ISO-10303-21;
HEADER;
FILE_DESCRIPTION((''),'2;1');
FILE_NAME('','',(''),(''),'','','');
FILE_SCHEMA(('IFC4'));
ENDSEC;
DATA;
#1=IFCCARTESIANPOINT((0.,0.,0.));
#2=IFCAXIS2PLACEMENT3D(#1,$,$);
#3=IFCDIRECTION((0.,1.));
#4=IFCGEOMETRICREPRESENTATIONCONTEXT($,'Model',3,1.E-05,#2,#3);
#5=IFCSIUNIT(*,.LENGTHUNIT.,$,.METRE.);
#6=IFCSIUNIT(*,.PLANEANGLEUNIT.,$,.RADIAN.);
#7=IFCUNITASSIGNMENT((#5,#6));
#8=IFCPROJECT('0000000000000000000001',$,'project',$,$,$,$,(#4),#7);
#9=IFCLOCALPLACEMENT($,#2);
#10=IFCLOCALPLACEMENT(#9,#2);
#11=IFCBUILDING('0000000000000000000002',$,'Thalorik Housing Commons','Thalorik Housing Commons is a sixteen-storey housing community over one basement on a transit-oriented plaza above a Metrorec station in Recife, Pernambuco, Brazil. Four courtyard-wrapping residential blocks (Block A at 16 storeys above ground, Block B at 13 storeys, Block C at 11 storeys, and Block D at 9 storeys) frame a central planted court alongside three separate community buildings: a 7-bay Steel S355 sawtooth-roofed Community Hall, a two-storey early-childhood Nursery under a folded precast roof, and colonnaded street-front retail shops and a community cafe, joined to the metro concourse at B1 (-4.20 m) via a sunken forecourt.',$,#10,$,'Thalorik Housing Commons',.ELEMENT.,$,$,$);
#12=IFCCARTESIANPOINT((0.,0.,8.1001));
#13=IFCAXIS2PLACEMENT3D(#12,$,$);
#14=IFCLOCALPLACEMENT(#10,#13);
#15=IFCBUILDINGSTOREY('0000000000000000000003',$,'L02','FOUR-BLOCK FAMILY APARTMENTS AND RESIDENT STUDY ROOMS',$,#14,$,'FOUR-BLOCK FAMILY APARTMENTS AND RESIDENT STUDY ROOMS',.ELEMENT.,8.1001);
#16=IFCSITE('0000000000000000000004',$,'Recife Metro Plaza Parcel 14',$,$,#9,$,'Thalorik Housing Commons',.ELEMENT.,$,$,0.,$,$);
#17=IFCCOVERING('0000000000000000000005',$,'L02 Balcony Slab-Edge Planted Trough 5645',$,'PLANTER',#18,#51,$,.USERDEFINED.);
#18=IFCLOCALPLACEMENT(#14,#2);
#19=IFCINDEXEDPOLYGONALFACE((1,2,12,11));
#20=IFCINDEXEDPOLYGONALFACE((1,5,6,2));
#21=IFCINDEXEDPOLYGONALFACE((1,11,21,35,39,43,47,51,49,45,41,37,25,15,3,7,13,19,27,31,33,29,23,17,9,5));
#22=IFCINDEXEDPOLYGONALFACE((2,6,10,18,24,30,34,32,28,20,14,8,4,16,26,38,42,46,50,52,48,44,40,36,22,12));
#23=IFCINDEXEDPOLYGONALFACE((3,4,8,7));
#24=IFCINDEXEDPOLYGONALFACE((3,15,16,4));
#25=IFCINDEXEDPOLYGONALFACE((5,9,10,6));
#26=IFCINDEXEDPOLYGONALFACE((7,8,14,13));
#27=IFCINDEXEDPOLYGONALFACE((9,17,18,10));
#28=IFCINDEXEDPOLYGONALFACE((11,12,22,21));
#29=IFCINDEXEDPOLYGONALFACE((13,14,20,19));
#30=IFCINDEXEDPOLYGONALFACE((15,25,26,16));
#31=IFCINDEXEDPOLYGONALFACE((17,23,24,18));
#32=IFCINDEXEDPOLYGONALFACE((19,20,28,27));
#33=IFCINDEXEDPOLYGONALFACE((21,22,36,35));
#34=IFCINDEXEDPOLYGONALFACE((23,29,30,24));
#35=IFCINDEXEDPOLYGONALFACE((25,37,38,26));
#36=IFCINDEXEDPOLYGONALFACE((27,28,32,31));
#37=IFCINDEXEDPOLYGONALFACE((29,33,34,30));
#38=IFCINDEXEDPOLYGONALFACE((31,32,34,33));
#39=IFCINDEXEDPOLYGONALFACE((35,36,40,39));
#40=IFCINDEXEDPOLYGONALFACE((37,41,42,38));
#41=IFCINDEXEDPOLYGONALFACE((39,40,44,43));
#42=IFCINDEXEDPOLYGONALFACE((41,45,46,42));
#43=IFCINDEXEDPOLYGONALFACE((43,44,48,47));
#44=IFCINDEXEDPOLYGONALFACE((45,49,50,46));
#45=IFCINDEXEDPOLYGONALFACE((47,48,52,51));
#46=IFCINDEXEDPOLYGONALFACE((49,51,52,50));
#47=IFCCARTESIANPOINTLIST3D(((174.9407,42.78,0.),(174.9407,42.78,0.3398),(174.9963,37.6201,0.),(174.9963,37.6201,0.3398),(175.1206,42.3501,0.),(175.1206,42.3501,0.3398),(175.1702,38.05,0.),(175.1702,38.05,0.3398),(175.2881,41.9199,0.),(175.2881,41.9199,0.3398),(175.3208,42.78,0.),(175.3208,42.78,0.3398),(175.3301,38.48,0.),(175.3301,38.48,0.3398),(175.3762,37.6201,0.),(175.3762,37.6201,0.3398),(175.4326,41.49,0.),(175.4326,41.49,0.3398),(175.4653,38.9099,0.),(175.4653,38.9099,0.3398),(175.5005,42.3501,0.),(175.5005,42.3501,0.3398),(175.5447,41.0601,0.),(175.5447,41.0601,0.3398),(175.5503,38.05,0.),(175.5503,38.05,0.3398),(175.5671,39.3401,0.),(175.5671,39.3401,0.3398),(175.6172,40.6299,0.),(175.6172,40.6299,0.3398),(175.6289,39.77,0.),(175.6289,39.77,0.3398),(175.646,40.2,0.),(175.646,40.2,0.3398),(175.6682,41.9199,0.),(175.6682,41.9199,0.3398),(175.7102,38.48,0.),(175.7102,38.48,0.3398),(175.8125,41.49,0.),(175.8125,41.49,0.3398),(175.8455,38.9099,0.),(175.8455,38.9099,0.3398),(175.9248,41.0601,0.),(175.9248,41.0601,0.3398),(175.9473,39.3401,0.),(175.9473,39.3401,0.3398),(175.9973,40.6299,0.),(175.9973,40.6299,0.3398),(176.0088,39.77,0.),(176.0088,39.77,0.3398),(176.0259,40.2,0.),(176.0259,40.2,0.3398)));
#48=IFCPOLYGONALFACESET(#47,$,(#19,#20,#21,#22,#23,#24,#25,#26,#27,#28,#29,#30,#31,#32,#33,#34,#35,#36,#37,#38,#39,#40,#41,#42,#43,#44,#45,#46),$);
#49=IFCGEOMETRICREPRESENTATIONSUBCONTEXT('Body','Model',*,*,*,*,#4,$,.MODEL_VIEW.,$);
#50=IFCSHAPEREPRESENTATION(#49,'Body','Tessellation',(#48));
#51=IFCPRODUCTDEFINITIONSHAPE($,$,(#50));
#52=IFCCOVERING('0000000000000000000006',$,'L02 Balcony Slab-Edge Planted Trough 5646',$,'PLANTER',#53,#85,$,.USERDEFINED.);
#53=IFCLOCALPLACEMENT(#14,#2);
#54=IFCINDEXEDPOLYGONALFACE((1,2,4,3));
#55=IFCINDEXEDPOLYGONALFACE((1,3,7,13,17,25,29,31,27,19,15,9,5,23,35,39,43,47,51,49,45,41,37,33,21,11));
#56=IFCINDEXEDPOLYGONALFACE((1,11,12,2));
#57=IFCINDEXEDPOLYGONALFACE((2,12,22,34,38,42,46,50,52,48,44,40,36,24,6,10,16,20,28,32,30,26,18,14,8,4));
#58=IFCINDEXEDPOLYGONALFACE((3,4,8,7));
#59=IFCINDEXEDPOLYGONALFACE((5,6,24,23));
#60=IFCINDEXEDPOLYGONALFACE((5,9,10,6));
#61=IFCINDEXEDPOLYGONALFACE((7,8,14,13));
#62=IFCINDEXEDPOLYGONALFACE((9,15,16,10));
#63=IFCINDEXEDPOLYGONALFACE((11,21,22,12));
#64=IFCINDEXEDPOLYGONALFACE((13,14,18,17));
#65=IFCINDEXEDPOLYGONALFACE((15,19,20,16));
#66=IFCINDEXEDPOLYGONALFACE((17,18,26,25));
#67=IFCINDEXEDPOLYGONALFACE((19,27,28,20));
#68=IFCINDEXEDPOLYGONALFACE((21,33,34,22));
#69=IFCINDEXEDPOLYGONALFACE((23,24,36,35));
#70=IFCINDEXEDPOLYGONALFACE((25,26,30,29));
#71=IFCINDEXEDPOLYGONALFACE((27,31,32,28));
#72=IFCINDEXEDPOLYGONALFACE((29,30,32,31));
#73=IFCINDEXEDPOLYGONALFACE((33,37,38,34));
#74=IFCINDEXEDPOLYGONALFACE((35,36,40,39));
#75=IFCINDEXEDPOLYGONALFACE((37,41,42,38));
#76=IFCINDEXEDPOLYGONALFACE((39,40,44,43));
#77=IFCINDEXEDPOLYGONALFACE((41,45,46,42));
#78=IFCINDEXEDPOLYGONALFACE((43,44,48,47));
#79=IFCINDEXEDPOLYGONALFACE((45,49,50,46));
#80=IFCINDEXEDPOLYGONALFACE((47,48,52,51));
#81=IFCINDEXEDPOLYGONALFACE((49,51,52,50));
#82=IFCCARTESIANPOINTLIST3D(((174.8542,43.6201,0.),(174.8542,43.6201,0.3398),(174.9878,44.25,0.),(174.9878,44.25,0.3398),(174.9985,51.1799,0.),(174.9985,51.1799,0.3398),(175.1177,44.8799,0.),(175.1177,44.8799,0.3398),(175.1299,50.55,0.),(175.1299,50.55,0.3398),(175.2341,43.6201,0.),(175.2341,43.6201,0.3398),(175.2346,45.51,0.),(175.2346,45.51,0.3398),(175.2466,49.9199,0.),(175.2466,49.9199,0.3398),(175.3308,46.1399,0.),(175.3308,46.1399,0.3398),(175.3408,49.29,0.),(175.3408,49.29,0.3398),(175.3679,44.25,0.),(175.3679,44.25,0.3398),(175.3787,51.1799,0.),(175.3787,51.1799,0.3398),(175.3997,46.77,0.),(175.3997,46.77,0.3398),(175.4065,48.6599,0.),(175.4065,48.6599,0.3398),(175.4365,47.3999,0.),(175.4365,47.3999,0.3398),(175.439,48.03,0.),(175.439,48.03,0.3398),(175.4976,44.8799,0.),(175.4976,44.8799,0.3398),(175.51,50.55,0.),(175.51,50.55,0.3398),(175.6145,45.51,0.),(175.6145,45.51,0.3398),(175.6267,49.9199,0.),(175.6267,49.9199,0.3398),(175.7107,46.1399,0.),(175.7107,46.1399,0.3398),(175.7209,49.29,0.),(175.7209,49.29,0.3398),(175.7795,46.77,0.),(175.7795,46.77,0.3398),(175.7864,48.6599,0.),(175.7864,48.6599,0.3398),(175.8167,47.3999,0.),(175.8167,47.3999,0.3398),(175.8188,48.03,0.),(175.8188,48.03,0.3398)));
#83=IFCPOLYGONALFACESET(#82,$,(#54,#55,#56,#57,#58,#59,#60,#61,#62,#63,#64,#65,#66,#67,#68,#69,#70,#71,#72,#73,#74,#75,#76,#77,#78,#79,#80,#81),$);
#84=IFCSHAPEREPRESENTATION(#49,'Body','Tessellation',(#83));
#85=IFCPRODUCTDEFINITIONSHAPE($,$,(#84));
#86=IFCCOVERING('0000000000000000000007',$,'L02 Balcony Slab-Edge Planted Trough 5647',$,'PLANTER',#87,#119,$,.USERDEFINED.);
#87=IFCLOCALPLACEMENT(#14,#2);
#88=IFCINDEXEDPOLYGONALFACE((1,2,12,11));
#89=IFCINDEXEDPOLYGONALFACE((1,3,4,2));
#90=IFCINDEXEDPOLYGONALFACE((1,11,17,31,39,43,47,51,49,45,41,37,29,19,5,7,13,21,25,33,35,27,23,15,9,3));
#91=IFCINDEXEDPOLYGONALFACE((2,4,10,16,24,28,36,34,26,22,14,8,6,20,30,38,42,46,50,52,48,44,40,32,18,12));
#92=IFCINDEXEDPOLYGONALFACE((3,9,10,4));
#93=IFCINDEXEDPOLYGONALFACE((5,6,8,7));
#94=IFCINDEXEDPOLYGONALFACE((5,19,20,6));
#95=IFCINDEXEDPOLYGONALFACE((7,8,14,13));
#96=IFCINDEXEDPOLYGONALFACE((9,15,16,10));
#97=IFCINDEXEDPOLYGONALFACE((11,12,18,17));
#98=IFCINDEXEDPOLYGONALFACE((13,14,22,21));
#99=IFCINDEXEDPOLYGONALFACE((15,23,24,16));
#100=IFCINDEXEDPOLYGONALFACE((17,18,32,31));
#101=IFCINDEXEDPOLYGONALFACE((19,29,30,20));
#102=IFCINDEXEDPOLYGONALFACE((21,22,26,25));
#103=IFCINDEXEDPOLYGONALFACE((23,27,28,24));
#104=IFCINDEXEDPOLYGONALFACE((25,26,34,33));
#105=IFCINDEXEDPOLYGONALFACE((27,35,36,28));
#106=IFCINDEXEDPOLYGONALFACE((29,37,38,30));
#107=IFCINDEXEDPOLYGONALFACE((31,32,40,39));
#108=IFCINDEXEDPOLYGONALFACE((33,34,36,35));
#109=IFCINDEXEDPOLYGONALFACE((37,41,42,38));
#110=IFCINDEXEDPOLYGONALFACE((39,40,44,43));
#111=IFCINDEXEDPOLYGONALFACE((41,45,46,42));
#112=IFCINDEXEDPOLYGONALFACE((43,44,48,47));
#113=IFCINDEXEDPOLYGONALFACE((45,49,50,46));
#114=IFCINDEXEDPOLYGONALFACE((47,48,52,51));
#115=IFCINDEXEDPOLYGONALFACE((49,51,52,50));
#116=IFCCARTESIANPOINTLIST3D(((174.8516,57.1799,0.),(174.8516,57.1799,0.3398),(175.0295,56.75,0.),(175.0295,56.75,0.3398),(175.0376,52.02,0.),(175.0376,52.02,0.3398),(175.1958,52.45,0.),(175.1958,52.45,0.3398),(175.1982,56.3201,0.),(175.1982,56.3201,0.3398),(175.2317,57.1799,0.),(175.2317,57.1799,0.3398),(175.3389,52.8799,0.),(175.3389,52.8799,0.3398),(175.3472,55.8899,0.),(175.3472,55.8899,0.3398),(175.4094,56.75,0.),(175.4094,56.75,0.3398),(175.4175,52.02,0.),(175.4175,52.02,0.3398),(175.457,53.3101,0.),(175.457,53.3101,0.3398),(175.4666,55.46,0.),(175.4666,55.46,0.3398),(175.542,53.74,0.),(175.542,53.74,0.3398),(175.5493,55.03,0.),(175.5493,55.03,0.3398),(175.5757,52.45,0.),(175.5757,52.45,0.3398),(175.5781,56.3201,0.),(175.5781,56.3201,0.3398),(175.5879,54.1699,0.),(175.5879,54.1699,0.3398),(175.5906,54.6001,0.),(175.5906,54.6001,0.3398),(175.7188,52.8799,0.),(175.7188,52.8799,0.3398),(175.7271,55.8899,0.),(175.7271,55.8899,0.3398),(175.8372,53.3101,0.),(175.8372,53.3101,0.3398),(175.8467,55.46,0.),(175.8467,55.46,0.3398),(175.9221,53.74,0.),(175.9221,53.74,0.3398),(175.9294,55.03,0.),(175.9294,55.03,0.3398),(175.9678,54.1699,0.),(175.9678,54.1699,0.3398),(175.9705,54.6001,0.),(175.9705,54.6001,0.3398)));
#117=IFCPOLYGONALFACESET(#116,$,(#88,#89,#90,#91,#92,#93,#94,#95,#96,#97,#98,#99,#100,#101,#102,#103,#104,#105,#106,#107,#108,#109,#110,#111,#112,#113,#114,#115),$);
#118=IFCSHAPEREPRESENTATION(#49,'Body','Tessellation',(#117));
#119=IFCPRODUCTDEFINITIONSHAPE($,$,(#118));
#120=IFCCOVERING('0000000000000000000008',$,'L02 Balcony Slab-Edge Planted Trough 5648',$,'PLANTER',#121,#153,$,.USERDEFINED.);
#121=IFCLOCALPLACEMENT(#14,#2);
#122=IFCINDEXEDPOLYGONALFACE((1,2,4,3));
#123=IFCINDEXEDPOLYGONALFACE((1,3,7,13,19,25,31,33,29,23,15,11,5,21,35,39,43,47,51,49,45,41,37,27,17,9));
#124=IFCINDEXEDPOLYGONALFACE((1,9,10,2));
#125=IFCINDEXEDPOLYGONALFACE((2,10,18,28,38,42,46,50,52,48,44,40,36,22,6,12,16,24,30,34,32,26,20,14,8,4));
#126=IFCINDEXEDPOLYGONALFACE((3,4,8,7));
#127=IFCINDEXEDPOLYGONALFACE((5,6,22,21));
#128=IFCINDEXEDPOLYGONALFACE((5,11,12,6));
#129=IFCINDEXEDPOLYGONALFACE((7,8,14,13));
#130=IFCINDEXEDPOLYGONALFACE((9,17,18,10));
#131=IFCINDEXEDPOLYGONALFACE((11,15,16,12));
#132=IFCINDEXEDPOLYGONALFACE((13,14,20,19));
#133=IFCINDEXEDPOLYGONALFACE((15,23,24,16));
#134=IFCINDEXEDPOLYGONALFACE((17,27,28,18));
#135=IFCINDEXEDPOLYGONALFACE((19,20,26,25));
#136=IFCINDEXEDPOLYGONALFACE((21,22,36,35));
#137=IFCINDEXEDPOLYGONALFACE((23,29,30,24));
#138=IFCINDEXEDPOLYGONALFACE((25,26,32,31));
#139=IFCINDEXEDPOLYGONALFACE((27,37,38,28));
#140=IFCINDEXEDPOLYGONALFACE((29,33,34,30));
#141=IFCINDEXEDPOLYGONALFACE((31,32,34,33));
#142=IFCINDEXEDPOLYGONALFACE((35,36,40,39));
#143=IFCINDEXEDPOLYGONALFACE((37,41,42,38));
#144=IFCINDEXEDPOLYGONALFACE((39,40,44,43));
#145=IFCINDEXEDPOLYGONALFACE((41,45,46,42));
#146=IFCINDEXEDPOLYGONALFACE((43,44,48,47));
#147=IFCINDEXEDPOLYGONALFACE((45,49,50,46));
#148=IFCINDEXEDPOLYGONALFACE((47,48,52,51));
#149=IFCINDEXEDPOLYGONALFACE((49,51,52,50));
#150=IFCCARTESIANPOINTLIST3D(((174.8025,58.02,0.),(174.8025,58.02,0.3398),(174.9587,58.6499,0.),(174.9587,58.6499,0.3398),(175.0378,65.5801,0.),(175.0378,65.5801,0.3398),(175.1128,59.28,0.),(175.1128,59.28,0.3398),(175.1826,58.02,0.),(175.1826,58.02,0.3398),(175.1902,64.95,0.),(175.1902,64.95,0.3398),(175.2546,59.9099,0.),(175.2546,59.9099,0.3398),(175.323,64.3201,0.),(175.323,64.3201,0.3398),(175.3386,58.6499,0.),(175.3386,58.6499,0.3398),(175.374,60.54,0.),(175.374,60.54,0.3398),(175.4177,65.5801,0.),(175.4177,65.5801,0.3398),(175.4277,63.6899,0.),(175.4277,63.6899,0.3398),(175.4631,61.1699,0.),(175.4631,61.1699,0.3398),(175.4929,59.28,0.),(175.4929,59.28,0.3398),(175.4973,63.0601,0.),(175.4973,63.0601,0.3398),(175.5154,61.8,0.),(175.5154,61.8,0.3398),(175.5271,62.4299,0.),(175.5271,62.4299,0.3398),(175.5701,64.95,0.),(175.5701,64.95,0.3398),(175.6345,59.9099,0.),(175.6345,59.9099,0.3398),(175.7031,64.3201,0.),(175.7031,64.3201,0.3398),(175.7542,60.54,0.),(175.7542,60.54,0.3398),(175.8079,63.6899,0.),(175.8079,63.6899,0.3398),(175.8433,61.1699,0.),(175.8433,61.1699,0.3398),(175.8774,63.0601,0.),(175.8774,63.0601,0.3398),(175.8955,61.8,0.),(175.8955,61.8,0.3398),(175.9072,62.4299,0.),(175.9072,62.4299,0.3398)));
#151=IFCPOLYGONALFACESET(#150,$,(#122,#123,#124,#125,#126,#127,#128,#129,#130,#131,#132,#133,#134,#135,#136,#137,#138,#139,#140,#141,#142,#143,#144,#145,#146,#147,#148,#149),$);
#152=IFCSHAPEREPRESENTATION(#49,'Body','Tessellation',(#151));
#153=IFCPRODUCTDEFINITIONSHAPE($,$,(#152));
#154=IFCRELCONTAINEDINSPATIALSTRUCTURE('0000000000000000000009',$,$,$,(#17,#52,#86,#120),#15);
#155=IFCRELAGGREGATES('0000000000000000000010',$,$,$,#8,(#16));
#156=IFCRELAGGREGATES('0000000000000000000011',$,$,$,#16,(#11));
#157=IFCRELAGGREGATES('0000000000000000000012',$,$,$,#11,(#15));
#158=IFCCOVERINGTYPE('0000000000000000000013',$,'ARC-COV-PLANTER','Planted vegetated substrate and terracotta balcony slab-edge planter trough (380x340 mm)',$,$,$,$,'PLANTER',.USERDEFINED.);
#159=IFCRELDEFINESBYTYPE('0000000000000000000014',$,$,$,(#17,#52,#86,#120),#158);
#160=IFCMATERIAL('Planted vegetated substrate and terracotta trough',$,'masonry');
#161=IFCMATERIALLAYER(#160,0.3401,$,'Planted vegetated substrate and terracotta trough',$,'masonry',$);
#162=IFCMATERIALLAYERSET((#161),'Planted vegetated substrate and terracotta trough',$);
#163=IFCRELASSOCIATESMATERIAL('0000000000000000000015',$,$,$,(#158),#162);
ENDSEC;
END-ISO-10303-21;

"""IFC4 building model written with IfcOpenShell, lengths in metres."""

from ifc_helpers import new_model, si_unit, direction, frame, origin, place, context, subcontext, project, spatial, polyline, outline, extrude, material, layer, layer_set, type_object, element, save


model = new_model("IFC4")

# Units and contexts
model_context = context("Model", 3, precision=1e-05, world=origin(), true_north=direction((0.0, 1.0)))
body_context = subcontext(model_context, "Body", "Model", "MODEL_VIEW")
ifc_project = project(units=[si_unit("LENGTHUNIT", "METRE"), si_unit("PLANEANGLEUNIT", "RADIAN")], contexts=[model_context])

# Site, building, storey
site_placement = place(None, origin())
site = spatial("IfcSite", under=ifc_project, at=site_placement, Name="Recife Metro Plaza Parcel 14", LongName="Thalorik Housing Commons", CompositionType="ELEMENT", RefElevation=0.0)
building_placement = place(site_placement, origin())
building = spatial("IfcBuilding", under=site, at=building_placement, Name="Thalorik Housing Commons", Description="Thalorik Housing Commons is a sixteen-storey housing community over one basement on a transit-oriented plaza above a Metrorec station in Recife, Pernambuco, Brazil. Four courtyard-wrapping residential blocks (Block A at 16 storeys above ground, Block B at 13 storeys, Block C at 11 storeys, and Block D at 9 storeys) frame a central planted court alongside three separate community buildings: a 7-bay Steel S355 sawtooth-roofed Community Hall, a two-storey early-childhood Nursery under a folded precast roof, and colonnaded street-front retail shops and a community cafe, joined to the metro concourse at B1 (-4.20 m) via a sunken forecourt.", LongName="Thalorik Housing Commons", CompositionType="ELEMENT")
storey_placement = place(building_placement, frame((0.0, 0.0, 8.1001)))
storey = spatial("IfcBuildingStorey", under=building, at=storey_placement, Name="L02", Description="FOUR-BLOCK FAMILY APARTMENTS AND RESIDENT STUDY ROOMS", LongName="FOUR-BLOCK FAMILY APARTMENTS AND RESIDENT STUDY ROOMS", CompositionType="ELEMENT", Elevation=8.1001)

# Coverings
ifc_material_1 = material(Name="Planted vegetated substrate and terracotta trough", Category="masonry")
ifc_layer_1 = layer(ifc_material_1, 0.3401, Name="Planted vegetated substrate and terracotta trough", Category="masonry")
ifc_layer_set_1 = layer_set([ifc_layer_1], Name="Planted vegetated substrate and terracotta trough")
covering_type_1 = type_object("IfcCoveringType", Name="ARC-COV-PLANTER", Description="Planted vegetated substrate and terracotta balcony slab-edge planter trough (380x340 mm)", ElementType="PLANTER", PredefinedType="USERDEFINED", material=ifc_layer_set_1)
covering_1_placement = place(storey_placement, origin())
element("IfcCovering", 1, at=covering_1_placement, inside=storey, type_object=covering_type_1, Name="L02 Balcony Slab-Edge Planted Trough 5645", ObjectType="PLANTER", PredefinedType="USERDEFINED", context=body_context, shape_type="SweptSolid", body=[
    extrude(outline(polyline([(175.3762, 37.6201), (175.5503, 38.05), (175.7102, 38.48), (175.8455, 38.9099), (175.9473, 39.3401), (176.0088, 39.77), (176.0259, 40.2), (175.9973, 40.6299), (175.9248, 41.0601), (175.8125, 41.49), (175.6682, 41.9199), (175.5005, 42.3501), (175.3208, 42.78), (174.9407, 42.78), (175.1206, 42.3501), (175.2881, 41.9199), (175.4326, 41.49), (175.5447, 41.0601), (175.6172, 40.6299), (175.646, 40.2), (175.6289, 39.77), (175.5671, 39.3401), (175.4653, 38.9099), (175.3301, 38.48), (175.1702, 38.05), (174.9963, 37.6201), (175.3762, 37.6201)])), origin(), (0.0, 0.0, 1.0), 0.3398),
])
covering_2_placement = place(storey_placement, origin())
element("IfcCovering", 2, at=covering_2_placement, inside=storey, type_object=covering_type_1, Name="L02 Balcony Slab-Edge Planted Trough 5646", ObjectType="PLANTER", PredefinedType="USERDEFINED", context=body_context, shape_type="SweptSolid", body=[
    extrude(outline(polyline([(175.2341, 43.6201), (175.3679, 44.25), (175.4976, 44.8799), (175.6145, 45.51), (175.7107, 46.1399), (175.7795, 46.77), (175.8167, 47.3999), (175.8188, 48.03), (175.7864, 48.6599), (175.7209, 49.29), (175.6267, 49.9199), (175.51, 50.55), (175.3787, 51.1799), (174.9985, 51.1799), (175.1299, 50.55), (175.2466, 49.9199), (175.3408, 49.29), (175.4065, 48.6599), (175.439, 48.03), (175.4365, 47.3999), (175.3997, 46.77), (175.3308, 46.1399), (175.2346, 45.51), (175.1177, 44.8799), (174.9878, 44.25), (174.8542, 43.6201), (175.2341, 43.6201)])), origin(), (0.0, 0.0, 1.0), 0.3398),
])
covering_3_placement = place(storey_placement, origin())
element("IfcCovering", 3, at=covering_3_placement, inside=storey, type_object=covering_type_1, Name="L02 Balcony Slab-Edge Planted Trough 5647", ObjectType="PLANTER", PredefinedType="USERDEFINED", context=body_context, shape_type="SweptSolid", body=[
    extrude(outline(polyline([(175.4175, 52.02), (175.5757, 52.45), (175.7188, 52.8799), (175.8372, 53.3101), (175.9221, 53.74), (175.9678, 54.1699), (175.9705, 54.6001), (175.9294, 55.03), (175.8467, 55.46), (175.7271, 55.8899), (175.5781, 56.3201), (175.4094, 56.75), (175.2317, 57.1799), (174.8516, 57.1799), (175.0295, 56.75), (175.1982, 56.3201), (175.3472, 55.8899), (175.4666, 55.46), (175.5493, 55.03), (175.5906, 54.6001), (175.5879, 54.1699), (175.542, 53.74), (175.457, 53.3101), (175.3389, 52.8799), (175.1958, 52.45), (175.0376, 52.02), (175.4175, 52.02)])), origin(), (0.0, 0.0, 1.0), 0.3398),
])
covering_4_placement = place(storey_placement, origin())
element("IfcCovering", 4, at=covering_4_placement, inside=storey, type_object=covering_type_1, Name="L02 Balcony Slab-Edge Planted Trough 5648", ObjectType="PLANTER", PredefinedType="USERDEFINED", context=body_context, shape_type="SweptSolid", body=[
    extrude(outline(polyline([(175.1826, 58.02), (175.3386, 58.6499), (175.4929, 59.28), (175.6345, 59.9099), (175.7542, 60.54), (175.8433, 61.1699), (175.8955, 61.8), (175.9072, 62.4299), (175.8774, 63.0601), (175.8079, 63.6899), (175.7031, 64.3201), (175.5701, 64.95), (175.4177, 65.5801), (175.0378, 65.5801), (175.1902, 64.95), (175.323, 64.3201), (175.4277, 63.6899), (175.4973, 63.0601), (175.5271, 62.4299), (175.5154, 61.8), (175.4631, 61.1699), (175.374, 60.54), (175.2546, 59.9099), (175.1128, 59.28), (174.9587, 58.6499), (174.8025, 58.02), (175.1826, 58.02)])), origin(), (0.0, 0.0, 1.0), 0.3398),
])

save(model, "model.ifc")
